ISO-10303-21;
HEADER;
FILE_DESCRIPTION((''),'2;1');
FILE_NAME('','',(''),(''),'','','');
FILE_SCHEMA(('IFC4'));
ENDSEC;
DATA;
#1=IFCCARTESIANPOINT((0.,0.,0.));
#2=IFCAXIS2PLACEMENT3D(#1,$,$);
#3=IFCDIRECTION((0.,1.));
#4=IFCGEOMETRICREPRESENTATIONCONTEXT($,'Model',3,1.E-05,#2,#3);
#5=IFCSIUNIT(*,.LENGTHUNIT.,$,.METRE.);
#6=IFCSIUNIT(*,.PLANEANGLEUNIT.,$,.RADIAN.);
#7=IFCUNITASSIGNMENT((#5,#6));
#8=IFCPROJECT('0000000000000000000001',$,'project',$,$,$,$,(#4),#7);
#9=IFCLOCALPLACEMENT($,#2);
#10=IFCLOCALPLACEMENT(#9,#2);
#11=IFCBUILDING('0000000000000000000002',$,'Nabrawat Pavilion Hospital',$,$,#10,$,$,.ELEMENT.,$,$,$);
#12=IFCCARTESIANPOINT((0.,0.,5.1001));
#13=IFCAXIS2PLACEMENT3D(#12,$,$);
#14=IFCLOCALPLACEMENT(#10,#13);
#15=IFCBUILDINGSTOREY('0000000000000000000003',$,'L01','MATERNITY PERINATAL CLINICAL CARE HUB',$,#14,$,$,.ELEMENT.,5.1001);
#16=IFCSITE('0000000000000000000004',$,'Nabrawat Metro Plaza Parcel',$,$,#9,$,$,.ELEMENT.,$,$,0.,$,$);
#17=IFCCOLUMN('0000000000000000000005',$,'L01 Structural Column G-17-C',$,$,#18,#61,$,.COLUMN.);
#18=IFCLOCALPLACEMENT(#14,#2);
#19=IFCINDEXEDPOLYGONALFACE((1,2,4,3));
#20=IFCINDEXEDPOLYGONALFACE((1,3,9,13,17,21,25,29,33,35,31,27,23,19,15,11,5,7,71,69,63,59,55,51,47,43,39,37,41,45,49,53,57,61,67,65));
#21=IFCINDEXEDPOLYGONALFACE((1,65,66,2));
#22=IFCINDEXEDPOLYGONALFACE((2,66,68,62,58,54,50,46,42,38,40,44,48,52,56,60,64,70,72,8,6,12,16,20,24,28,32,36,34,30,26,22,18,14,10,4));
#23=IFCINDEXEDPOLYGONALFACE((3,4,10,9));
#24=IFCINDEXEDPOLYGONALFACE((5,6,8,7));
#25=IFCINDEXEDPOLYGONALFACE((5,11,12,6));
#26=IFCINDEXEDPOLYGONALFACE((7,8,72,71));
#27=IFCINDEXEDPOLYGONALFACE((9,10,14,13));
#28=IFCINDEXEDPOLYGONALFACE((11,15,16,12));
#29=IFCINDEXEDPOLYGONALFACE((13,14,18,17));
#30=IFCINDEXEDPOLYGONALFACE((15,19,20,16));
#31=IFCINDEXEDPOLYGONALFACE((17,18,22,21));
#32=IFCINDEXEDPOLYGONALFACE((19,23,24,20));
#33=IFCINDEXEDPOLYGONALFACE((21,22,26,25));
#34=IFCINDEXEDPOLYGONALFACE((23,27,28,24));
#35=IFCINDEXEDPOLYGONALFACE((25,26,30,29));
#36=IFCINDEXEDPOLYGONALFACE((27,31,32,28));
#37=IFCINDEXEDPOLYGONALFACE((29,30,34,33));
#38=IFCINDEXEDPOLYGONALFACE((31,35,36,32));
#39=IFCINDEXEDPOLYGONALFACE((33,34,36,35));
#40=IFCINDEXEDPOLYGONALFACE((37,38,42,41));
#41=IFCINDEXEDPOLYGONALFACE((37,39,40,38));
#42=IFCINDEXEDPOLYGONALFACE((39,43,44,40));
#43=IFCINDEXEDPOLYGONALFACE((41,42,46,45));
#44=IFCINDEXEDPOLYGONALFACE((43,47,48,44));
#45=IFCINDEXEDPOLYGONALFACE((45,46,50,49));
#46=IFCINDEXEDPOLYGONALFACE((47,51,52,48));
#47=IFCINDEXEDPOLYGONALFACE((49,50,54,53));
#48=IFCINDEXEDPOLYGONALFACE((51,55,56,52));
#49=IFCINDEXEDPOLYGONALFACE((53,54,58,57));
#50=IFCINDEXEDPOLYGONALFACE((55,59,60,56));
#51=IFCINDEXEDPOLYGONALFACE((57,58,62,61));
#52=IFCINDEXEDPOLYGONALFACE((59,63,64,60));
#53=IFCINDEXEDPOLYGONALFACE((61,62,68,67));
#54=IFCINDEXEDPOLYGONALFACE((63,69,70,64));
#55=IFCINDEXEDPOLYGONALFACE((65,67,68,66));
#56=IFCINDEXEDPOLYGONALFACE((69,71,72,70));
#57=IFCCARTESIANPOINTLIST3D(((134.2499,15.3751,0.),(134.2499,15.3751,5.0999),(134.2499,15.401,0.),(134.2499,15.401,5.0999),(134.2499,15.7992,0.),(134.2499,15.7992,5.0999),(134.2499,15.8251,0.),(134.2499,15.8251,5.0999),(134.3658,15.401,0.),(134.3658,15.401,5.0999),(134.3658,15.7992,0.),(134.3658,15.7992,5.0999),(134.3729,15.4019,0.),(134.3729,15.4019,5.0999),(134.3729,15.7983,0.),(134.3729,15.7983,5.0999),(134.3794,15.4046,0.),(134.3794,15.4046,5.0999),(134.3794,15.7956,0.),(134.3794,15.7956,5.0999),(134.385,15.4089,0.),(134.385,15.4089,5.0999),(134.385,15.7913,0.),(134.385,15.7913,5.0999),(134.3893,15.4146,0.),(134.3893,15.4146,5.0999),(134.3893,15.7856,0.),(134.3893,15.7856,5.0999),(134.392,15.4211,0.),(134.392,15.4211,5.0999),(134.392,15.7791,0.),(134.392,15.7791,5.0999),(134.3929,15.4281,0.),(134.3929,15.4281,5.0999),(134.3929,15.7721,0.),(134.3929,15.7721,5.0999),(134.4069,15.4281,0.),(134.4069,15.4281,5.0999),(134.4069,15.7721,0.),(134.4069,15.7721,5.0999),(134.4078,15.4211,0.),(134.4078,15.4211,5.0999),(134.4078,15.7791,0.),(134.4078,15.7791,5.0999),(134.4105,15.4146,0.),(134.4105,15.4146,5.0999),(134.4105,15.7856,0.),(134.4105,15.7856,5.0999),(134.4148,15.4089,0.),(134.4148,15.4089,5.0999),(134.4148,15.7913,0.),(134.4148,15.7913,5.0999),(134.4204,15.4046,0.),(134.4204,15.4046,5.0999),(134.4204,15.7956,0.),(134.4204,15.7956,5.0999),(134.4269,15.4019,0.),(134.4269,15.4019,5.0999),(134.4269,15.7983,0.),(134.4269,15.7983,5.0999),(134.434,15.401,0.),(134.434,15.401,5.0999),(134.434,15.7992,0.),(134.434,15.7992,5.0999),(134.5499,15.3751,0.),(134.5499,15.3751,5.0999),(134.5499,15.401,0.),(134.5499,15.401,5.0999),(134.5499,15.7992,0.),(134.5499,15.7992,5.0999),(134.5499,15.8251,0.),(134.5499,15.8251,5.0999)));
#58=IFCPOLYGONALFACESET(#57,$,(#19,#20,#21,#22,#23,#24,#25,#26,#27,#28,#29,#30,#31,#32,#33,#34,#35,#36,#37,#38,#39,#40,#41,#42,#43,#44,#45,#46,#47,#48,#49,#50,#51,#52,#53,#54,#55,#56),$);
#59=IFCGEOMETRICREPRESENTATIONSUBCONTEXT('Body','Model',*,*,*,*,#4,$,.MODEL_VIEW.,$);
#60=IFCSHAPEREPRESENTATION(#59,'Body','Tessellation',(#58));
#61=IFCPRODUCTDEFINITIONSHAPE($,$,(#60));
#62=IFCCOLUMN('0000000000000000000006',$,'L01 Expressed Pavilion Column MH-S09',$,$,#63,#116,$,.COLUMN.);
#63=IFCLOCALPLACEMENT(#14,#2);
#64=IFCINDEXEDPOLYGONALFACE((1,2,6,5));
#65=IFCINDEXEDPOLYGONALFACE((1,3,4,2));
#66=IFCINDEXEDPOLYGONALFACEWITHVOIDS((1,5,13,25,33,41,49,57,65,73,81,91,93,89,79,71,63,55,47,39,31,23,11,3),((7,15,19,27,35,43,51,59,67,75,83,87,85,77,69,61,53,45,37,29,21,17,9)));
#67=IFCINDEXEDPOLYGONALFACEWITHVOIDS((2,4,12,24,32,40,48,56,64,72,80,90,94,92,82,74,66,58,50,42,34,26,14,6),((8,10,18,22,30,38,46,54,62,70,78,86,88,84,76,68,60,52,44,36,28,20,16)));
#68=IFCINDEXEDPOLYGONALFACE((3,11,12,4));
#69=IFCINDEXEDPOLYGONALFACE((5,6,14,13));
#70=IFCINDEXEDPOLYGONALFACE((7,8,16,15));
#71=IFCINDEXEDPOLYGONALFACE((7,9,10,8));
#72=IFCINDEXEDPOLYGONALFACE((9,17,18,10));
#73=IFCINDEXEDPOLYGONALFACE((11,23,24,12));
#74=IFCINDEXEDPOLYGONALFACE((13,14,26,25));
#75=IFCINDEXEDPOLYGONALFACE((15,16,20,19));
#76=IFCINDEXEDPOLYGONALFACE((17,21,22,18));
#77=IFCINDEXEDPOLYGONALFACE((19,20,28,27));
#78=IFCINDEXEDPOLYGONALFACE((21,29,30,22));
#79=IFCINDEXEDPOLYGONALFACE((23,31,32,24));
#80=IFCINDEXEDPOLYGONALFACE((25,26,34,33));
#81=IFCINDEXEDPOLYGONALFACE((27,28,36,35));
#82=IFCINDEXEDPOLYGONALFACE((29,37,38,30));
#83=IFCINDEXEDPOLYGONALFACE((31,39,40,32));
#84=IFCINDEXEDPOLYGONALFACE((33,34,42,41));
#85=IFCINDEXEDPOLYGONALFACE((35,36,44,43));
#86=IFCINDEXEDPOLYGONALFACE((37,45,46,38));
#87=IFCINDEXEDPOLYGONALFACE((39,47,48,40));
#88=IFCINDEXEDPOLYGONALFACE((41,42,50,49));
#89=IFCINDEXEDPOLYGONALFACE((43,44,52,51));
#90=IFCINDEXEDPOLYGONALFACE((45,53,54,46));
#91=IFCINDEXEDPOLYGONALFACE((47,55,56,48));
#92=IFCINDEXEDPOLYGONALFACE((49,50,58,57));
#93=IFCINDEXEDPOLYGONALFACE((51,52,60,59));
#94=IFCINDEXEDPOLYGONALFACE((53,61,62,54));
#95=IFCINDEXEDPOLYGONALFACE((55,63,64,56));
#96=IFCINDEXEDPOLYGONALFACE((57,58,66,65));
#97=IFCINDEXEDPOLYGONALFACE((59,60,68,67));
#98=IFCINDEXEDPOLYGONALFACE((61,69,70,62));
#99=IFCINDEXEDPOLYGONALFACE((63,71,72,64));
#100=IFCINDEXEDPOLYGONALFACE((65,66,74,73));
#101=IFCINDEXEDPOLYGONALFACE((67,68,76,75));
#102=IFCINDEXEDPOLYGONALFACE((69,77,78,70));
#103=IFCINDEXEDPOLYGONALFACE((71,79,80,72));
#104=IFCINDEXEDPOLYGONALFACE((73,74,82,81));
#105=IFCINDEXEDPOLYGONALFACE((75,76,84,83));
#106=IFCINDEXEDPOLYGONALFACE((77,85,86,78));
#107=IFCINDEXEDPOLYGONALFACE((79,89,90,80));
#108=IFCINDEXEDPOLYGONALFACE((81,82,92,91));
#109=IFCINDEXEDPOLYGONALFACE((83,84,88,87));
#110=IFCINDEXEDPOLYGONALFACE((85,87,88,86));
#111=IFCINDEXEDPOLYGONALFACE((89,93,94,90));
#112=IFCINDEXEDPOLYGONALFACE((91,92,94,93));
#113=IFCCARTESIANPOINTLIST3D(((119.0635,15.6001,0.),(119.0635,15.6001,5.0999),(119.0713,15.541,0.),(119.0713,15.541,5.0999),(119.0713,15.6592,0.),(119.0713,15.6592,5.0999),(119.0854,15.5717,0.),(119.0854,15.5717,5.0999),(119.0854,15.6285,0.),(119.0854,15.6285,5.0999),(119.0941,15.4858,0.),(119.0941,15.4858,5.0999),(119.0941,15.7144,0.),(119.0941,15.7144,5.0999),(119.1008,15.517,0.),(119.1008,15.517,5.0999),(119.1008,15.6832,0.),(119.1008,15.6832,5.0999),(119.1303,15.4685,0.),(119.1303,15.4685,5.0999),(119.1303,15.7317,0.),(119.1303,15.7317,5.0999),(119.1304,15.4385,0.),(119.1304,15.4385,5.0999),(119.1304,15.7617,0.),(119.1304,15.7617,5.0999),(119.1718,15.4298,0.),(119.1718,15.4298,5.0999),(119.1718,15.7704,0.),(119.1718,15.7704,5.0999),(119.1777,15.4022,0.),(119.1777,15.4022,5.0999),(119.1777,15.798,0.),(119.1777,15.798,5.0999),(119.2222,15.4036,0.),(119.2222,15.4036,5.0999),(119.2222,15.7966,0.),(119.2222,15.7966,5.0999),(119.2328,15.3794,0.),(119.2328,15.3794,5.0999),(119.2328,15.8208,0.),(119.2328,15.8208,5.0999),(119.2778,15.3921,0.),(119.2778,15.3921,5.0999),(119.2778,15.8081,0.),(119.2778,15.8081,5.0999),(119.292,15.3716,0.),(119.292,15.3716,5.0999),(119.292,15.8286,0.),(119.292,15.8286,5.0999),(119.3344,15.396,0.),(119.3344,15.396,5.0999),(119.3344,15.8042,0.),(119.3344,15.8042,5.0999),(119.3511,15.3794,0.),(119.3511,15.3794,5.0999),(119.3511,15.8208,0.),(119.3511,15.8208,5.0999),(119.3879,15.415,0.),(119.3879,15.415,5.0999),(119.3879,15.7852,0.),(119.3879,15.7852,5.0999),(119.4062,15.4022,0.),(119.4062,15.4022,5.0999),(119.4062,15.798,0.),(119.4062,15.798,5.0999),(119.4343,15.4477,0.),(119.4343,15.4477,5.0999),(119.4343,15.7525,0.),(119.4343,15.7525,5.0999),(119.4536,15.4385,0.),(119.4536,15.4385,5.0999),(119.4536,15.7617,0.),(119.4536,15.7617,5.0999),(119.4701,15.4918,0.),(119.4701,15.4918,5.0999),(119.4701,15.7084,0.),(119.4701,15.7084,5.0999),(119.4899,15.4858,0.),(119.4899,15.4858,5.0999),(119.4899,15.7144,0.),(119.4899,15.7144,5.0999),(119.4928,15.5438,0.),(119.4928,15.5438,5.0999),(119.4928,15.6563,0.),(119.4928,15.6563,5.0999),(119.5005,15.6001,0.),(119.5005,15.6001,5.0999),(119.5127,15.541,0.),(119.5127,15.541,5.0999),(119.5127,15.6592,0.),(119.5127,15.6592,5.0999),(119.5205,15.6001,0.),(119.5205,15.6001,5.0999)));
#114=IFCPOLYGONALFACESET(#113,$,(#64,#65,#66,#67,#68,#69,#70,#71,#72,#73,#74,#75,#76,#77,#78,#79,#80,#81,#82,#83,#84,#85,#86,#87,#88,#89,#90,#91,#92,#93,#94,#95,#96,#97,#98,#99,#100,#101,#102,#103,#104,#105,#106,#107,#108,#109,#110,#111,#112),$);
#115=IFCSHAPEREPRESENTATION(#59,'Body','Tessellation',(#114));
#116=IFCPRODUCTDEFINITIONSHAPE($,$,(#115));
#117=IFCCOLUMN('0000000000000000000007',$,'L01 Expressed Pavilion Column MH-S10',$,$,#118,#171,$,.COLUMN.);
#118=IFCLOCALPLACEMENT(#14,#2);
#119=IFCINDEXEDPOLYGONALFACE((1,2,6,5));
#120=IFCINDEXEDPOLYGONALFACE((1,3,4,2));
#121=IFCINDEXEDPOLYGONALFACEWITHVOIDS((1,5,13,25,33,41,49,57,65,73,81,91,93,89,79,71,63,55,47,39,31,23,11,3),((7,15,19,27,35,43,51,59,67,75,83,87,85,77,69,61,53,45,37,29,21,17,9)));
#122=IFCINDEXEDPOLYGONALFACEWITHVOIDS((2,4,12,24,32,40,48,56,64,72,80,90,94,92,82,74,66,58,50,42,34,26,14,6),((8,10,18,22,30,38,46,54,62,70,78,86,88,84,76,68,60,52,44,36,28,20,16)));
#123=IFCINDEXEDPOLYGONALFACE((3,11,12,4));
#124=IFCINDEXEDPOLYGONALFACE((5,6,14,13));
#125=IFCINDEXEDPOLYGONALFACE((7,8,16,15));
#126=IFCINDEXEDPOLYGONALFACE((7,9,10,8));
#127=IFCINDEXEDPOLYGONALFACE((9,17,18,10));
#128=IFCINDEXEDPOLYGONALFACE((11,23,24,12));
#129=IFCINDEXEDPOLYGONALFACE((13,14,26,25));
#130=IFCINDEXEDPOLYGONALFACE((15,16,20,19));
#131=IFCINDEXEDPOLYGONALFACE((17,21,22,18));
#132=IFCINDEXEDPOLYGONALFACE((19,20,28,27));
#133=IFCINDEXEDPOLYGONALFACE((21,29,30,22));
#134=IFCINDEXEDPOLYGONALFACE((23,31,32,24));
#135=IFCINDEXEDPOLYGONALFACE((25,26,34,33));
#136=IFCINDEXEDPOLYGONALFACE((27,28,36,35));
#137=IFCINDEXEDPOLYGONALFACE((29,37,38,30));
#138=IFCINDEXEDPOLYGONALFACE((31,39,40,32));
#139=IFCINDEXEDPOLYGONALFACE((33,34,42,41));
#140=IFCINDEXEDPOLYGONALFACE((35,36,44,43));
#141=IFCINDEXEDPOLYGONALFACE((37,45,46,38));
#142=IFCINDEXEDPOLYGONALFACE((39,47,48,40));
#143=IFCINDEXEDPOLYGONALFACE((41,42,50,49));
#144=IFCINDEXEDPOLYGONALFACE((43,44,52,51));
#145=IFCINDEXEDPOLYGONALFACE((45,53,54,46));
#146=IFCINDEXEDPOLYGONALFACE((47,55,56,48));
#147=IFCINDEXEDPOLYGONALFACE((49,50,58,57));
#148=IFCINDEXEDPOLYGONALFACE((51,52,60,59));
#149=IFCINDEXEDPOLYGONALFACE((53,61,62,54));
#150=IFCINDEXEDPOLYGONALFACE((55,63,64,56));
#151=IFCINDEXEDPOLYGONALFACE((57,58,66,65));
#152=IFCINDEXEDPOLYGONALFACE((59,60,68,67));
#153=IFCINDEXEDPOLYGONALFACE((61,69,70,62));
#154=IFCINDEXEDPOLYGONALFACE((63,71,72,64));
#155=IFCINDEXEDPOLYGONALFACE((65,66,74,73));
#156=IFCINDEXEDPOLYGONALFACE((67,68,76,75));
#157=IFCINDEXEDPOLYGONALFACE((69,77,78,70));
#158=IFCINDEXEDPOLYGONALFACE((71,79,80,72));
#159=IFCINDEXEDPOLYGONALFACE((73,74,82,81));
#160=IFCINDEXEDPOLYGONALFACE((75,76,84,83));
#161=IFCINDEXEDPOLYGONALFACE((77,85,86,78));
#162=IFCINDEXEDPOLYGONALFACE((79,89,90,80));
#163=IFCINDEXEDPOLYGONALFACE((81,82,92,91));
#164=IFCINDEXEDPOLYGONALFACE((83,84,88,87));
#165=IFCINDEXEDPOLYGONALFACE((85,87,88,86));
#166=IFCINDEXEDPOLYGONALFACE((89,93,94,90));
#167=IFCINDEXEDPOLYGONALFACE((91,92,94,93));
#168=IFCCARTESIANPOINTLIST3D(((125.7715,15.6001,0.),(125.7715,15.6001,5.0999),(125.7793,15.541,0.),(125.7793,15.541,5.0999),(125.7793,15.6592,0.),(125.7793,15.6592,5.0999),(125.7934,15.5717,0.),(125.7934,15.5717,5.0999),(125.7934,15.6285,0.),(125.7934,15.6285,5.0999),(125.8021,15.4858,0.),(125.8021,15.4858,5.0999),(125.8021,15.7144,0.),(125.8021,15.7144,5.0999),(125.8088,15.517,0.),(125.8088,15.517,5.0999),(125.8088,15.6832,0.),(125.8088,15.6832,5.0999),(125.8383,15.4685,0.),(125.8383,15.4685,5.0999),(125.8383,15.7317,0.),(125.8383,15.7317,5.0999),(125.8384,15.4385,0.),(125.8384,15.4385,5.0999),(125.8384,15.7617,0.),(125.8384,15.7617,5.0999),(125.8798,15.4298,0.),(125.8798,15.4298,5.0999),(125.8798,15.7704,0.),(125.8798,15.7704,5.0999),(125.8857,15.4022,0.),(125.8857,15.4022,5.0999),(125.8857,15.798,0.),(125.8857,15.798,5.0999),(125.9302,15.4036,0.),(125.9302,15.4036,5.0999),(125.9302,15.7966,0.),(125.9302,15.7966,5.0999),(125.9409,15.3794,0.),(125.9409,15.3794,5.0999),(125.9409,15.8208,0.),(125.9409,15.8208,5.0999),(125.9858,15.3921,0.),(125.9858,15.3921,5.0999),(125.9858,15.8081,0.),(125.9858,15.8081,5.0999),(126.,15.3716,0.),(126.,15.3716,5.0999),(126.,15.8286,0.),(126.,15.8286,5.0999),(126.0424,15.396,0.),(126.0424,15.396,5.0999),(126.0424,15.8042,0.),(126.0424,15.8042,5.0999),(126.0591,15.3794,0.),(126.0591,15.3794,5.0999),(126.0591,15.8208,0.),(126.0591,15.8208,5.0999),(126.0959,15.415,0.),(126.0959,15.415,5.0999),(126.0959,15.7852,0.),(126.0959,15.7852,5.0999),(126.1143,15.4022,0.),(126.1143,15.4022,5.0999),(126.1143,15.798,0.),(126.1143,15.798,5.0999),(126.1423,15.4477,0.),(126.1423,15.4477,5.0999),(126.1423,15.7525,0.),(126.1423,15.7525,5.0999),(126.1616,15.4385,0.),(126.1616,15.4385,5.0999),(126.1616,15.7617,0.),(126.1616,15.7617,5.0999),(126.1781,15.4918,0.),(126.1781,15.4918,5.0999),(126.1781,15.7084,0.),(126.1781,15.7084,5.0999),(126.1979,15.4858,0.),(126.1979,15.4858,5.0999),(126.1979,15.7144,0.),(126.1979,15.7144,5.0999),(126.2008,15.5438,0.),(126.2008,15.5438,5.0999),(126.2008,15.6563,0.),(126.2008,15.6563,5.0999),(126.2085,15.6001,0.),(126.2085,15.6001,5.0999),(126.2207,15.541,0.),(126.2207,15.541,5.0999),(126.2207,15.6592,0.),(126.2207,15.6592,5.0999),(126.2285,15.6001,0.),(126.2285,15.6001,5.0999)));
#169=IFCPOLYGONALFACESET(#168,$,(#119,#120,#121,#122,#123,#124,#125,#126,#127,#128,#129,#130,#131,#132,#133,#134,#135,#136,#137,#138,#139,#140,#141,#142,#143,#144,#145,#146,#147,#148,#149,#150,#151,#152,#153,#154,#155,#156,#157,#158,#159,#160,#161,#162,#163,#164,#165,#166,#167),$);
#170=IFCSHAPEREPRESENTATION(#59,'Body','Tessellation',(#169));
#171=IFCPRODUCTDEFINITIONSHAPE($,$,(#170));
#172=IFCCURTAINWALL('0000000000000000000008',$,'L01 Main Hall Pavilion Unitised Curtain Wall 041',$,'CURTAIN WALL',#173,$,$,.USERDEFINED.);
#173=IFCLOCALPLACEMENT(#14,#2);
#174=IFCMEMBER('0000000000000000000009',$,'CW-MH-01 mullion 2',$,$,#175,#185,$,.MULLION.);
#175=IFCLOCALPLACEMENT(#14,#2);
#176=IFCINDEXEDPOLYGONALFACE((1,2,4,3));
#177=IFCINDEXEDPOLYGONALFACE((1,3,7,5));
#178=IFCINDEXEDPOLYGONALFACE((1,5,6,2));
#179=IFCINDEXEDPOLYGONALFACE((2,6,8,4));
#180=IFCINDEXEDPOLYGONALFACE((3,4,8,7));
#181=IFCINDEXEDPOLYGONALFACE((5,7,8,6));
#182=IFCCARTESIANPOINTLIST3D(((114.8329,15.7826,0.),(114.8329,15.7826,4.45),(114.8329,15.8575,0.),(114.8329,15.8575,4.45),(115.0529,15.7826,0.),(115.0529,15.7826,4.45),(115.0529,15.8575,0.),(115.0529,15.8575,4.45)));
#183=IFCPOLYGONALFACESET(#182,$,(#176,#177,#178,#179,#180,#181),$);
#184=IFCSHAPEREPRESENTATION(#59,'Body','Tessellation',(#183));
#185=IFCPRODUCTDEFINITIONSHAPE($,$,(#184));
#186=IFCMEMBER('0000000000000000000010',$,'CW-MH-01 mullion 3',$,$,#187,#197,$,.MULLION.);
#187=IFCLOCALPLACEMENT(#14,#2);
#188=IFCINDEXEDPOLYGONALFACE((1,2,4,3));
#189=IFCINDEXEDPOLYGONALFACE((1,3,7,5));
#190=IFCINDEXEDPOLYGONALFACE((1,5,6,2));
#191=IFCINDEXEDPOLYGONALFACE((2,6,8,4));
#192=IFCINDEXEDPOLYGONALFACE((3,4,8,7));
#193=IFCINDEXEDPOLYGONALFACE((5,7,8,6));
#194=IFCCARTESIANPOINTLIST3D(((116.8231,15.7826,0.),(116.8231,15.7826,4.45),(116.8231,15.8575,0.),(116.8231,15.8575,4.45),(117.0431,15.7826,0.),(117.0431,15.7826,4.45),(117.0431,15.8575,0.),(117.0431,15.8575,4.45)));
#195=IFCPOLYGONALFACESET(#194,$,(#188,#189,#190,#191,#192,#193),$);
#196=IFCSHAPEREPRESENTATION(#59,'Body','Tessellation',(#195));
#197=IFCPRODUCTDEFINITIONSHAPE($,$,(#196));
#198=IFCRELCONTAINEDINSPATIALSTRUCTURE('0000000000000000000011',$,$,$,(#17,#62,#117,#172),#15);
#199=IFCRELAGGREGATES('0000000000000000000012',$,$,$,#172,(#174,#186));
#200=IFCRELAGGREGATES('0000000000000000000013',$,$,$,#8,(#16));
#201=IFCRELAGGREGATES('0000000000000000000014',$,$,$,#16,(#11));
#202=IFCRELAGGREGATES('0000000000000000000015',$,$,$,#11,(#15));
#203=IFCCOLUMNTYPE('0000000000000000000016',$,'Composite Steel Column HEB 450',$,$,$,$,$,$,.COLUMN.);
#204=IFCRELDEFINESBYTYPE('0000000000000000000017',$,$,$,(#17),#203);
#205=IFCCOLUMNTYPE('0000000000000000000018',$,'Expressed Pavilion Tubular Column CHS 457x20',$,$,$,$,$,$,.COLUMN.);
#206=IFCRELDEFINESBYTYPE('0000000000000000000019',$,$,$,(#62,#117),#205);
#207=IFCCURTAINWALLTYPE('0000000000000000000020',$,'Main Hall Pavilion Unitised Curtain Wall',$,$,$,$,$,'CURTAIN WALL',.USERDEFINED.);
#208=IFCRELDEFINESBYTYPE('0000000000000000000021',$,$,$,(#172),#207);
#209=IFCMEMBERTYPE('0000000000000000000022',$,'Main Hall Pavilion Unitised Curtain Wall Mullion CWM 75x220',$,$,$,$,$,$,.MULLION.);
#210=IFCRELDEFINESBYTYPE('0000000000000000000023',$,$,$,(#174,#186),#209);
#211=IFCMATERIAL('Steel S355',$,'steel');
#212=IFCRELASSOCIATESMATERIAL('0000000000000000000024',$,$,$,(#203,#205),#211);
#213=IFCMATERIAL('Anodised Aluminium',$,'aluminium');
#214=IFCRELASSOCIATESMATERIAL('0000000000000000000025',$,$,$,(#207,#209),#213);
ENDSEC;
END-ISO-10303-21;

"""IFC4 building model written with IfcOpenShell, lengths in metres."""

from ifc_helpers import new_model, si_unit, direction, frame, origin, origin_2d, place, context, subcontext, project, spatial, rectangle, hollow_circle, i_section, extrude, material, material_profile, profile_set, type_object, element, aggregate, save


model = new_model("IFC4")

# Units and contexts
model_context = context("Model", 3, precision=1e-05, world=origin(), true_north=direction((0.0, 1.0)))
body_context = subcontext(model_context, "Body", "Model", "MODEL_VIEW")
ifc_project = project(units=[si_unit("LENGTHUNIT", "METRE"), si_unit("PLANEANGLEUNIT", "RADIAN")], contexts=[model_context])

# Site, building, storey
site_placement = place(None, origin())
site = spatial("IfcSite", under=ifc_project, at=site_placement, Name="Nabrawat Metro Plaza Parcel", CompositionType="ELEMENT", RefElevation=0.0)
building_placement = place(site_placement, origin())
building = spatial("IfcBuilding", under=site, at=building_placement, Name="Nabrawat Pavilion Hospital", CompositionType="ELEMENT")
storey_placement = place(building_placement, frame((0.0, 0.0, 5.1001)))
storey = spatial("IfcBuildingStorey", under=building, at=storey_placement, Name="L01", Description="MATERNITY PERINATAL CLINICAL CARE HUB", CompositionType="ELEMENT", Elevation=5.1001)

# Columns
ifc_material_1 = material(Name="Steel S355", Category="steel")
ifc_material_profile_1 = material_profile(ifc_material_1, i_section(OverallWidth=0.3, OverallDepth=0.45, WebThickness=0.0139, FlangeThickness=0.0259, FilletRadius=0.0271, at=origin_2d()), Name="HEB 450")
ifc_profile_set_1 = profile_set([ifc_material_profile_1], Name="Steel S355")
column_type_1 = type_object("IfcColumnType", Name="Composite Steel Column HEB 450", PredefinedType="COLUMN", material=ifc_profile_set_1)
for number, where, z_axis, x_axis, name in (
    (1, (134.3999, 15.6001, 0.0), (0.0, 0.0, 1.0), (1.0, 0.0, 0.0), "L01 Structural Column G-17-C"),
):
    element("IfcColumn", number, at=place(storey_placement, frame(where, z_axis=z_axis, x_axis=x_axis)), inside=storey, type_object=column_type_1, Name=name, PredefinedType="COLUMN", context=body_context, shape_type="SweptSolid", body=[
        extrude(i_section(OverallWidth=0.3, OverallDepth=0.45, WebThickness=0.0139, FlangeThickness=0.0259, FilletRadius=0.0271, at=origin_2d()), origin(), (0.0, 0.0, 1.0), 5.0999),
    ])
ifc_material_profile_2 = material_profile(ifc_material_1, hollow_circle(Radius=0.2285, WallThickness=0.02, at=origin_2d()), Name="CHS 457x20")
ifc_profile_set_2 = profile_set([ifc_material_profile_2], Name="Steel S355")
column_type_2 = type_object("IfcColumnType", Name="Expressed Pavilion Tubular Column CHS 457x20", PredefinedType="COLUMN", material=ifc_profile_set_2)
for number, where, z_axis, x_axis, name in (
    (2, (119.292, 15.6001, 0.0), (0.0, 0.0, 1.0), (1.0, 0.0, 0.0), "L01 Expressed Pavilion Column MH-S09"),
    (3, (126.0, 15.6001, 0.0), (0.0, 0.0, 1.0), (1.0, 0.0, 0.0), "L01 Expressed Pavilion Column MH-S10"),
):
    element("IfcColumn", number, at=place(storey_placement, frame(where, z_axis=z_axis, x_axis=x_axis)), inside=storey, type_object=column_type_2, Name=name, PredefinedType="COLUMN", context=body_context, shape_type="SweptSolid", body=[
        extrude(hollow_circle(Radius=0.2285, WallThickness=0.02, at=origin_2d()), origin(), (0.0, 0.0, 1.0), 5.0999),
    ])

# Curtain wall, members
ifc_material_2 = material(Name="Anodised Aluminium", Category="aluminium")
curtain_wall_type = type_object("IfcCurtainWallType", Name="Main Hall Pavilion Unitised Curtain Wall", ElementType="CURTAIN WALL", PredefinedType="USERDEFINED", material=ifc_material_2)
curtain_wall_placement = place(storey_placement, origin())
curtain_wall = element("IfcCurtainWall", 4, at=curtain_wall_placement, inside=storey, type_object=curtain_wall_type, Name="L01 Main Hall Pavilion Unitised Curtain Wall 041", ObjectType="CURTAIN WALL", PredefinedType="USERDEFINED")
ifc_material_profile_3 = material_profile(ifc_material_2, rectangle(XDim=0.075, YDim=0.22, at=origin_2d()), Name="CWM 75x220")
ifc_profile_set_3 = profile_set([ifc_material_profile_3], Name="Anodised Aluminium")
member_type_1 = type_object("IfcMemberType", Name="Main Hall Pavilion Unitised Curtain Wall Mullion CWM 75x220", PredefinedType="MULLION", material=ifc_profile_set_3)
member_1_placement = place(storey_placement, frame((114.9429, 15.8201, 0.0), z_axis=(0.0, 0.0, 1.0), x_axis=(0.0, 1.0, 0.0)))
member_1 = element("IfcMember", 5, at=member_1_placement, type_object=member_type_1, Name="CW-MH-01 mullion 2", PredefinedType="MULLION", context=body_context, shape_type="SweptSolid", body=[
    extrude(rectangle(XDim=0.075, YDim=0.22, at=origin_2d()), origin(), (0.0, 0.0, 1.0), 4.45),
])
member_2_placement = place(storey_placement, frame((116.9331, 15.8201, 0.0), z_axis=(0.0, 0.0, 1.0), x_axis=(0.0, 1.0, 0.0)))
member_2 = element("IfcMember", 6, at=member_2_placement, type_object=member_type_1, Name="CW-MH-01 mullion 3", PredefinedType="MULLION", context=body_context, shape_type="SweptSolid", body=[
    extrude(rectangle(XDim=0.075, YDim=0.22, at=origin_2d()), origin(), (0.0, 0.0, 1.0), 4.45),
])

aggregate(curtain_wall, [member_1, member_2])

save(model, "model.ifc")
